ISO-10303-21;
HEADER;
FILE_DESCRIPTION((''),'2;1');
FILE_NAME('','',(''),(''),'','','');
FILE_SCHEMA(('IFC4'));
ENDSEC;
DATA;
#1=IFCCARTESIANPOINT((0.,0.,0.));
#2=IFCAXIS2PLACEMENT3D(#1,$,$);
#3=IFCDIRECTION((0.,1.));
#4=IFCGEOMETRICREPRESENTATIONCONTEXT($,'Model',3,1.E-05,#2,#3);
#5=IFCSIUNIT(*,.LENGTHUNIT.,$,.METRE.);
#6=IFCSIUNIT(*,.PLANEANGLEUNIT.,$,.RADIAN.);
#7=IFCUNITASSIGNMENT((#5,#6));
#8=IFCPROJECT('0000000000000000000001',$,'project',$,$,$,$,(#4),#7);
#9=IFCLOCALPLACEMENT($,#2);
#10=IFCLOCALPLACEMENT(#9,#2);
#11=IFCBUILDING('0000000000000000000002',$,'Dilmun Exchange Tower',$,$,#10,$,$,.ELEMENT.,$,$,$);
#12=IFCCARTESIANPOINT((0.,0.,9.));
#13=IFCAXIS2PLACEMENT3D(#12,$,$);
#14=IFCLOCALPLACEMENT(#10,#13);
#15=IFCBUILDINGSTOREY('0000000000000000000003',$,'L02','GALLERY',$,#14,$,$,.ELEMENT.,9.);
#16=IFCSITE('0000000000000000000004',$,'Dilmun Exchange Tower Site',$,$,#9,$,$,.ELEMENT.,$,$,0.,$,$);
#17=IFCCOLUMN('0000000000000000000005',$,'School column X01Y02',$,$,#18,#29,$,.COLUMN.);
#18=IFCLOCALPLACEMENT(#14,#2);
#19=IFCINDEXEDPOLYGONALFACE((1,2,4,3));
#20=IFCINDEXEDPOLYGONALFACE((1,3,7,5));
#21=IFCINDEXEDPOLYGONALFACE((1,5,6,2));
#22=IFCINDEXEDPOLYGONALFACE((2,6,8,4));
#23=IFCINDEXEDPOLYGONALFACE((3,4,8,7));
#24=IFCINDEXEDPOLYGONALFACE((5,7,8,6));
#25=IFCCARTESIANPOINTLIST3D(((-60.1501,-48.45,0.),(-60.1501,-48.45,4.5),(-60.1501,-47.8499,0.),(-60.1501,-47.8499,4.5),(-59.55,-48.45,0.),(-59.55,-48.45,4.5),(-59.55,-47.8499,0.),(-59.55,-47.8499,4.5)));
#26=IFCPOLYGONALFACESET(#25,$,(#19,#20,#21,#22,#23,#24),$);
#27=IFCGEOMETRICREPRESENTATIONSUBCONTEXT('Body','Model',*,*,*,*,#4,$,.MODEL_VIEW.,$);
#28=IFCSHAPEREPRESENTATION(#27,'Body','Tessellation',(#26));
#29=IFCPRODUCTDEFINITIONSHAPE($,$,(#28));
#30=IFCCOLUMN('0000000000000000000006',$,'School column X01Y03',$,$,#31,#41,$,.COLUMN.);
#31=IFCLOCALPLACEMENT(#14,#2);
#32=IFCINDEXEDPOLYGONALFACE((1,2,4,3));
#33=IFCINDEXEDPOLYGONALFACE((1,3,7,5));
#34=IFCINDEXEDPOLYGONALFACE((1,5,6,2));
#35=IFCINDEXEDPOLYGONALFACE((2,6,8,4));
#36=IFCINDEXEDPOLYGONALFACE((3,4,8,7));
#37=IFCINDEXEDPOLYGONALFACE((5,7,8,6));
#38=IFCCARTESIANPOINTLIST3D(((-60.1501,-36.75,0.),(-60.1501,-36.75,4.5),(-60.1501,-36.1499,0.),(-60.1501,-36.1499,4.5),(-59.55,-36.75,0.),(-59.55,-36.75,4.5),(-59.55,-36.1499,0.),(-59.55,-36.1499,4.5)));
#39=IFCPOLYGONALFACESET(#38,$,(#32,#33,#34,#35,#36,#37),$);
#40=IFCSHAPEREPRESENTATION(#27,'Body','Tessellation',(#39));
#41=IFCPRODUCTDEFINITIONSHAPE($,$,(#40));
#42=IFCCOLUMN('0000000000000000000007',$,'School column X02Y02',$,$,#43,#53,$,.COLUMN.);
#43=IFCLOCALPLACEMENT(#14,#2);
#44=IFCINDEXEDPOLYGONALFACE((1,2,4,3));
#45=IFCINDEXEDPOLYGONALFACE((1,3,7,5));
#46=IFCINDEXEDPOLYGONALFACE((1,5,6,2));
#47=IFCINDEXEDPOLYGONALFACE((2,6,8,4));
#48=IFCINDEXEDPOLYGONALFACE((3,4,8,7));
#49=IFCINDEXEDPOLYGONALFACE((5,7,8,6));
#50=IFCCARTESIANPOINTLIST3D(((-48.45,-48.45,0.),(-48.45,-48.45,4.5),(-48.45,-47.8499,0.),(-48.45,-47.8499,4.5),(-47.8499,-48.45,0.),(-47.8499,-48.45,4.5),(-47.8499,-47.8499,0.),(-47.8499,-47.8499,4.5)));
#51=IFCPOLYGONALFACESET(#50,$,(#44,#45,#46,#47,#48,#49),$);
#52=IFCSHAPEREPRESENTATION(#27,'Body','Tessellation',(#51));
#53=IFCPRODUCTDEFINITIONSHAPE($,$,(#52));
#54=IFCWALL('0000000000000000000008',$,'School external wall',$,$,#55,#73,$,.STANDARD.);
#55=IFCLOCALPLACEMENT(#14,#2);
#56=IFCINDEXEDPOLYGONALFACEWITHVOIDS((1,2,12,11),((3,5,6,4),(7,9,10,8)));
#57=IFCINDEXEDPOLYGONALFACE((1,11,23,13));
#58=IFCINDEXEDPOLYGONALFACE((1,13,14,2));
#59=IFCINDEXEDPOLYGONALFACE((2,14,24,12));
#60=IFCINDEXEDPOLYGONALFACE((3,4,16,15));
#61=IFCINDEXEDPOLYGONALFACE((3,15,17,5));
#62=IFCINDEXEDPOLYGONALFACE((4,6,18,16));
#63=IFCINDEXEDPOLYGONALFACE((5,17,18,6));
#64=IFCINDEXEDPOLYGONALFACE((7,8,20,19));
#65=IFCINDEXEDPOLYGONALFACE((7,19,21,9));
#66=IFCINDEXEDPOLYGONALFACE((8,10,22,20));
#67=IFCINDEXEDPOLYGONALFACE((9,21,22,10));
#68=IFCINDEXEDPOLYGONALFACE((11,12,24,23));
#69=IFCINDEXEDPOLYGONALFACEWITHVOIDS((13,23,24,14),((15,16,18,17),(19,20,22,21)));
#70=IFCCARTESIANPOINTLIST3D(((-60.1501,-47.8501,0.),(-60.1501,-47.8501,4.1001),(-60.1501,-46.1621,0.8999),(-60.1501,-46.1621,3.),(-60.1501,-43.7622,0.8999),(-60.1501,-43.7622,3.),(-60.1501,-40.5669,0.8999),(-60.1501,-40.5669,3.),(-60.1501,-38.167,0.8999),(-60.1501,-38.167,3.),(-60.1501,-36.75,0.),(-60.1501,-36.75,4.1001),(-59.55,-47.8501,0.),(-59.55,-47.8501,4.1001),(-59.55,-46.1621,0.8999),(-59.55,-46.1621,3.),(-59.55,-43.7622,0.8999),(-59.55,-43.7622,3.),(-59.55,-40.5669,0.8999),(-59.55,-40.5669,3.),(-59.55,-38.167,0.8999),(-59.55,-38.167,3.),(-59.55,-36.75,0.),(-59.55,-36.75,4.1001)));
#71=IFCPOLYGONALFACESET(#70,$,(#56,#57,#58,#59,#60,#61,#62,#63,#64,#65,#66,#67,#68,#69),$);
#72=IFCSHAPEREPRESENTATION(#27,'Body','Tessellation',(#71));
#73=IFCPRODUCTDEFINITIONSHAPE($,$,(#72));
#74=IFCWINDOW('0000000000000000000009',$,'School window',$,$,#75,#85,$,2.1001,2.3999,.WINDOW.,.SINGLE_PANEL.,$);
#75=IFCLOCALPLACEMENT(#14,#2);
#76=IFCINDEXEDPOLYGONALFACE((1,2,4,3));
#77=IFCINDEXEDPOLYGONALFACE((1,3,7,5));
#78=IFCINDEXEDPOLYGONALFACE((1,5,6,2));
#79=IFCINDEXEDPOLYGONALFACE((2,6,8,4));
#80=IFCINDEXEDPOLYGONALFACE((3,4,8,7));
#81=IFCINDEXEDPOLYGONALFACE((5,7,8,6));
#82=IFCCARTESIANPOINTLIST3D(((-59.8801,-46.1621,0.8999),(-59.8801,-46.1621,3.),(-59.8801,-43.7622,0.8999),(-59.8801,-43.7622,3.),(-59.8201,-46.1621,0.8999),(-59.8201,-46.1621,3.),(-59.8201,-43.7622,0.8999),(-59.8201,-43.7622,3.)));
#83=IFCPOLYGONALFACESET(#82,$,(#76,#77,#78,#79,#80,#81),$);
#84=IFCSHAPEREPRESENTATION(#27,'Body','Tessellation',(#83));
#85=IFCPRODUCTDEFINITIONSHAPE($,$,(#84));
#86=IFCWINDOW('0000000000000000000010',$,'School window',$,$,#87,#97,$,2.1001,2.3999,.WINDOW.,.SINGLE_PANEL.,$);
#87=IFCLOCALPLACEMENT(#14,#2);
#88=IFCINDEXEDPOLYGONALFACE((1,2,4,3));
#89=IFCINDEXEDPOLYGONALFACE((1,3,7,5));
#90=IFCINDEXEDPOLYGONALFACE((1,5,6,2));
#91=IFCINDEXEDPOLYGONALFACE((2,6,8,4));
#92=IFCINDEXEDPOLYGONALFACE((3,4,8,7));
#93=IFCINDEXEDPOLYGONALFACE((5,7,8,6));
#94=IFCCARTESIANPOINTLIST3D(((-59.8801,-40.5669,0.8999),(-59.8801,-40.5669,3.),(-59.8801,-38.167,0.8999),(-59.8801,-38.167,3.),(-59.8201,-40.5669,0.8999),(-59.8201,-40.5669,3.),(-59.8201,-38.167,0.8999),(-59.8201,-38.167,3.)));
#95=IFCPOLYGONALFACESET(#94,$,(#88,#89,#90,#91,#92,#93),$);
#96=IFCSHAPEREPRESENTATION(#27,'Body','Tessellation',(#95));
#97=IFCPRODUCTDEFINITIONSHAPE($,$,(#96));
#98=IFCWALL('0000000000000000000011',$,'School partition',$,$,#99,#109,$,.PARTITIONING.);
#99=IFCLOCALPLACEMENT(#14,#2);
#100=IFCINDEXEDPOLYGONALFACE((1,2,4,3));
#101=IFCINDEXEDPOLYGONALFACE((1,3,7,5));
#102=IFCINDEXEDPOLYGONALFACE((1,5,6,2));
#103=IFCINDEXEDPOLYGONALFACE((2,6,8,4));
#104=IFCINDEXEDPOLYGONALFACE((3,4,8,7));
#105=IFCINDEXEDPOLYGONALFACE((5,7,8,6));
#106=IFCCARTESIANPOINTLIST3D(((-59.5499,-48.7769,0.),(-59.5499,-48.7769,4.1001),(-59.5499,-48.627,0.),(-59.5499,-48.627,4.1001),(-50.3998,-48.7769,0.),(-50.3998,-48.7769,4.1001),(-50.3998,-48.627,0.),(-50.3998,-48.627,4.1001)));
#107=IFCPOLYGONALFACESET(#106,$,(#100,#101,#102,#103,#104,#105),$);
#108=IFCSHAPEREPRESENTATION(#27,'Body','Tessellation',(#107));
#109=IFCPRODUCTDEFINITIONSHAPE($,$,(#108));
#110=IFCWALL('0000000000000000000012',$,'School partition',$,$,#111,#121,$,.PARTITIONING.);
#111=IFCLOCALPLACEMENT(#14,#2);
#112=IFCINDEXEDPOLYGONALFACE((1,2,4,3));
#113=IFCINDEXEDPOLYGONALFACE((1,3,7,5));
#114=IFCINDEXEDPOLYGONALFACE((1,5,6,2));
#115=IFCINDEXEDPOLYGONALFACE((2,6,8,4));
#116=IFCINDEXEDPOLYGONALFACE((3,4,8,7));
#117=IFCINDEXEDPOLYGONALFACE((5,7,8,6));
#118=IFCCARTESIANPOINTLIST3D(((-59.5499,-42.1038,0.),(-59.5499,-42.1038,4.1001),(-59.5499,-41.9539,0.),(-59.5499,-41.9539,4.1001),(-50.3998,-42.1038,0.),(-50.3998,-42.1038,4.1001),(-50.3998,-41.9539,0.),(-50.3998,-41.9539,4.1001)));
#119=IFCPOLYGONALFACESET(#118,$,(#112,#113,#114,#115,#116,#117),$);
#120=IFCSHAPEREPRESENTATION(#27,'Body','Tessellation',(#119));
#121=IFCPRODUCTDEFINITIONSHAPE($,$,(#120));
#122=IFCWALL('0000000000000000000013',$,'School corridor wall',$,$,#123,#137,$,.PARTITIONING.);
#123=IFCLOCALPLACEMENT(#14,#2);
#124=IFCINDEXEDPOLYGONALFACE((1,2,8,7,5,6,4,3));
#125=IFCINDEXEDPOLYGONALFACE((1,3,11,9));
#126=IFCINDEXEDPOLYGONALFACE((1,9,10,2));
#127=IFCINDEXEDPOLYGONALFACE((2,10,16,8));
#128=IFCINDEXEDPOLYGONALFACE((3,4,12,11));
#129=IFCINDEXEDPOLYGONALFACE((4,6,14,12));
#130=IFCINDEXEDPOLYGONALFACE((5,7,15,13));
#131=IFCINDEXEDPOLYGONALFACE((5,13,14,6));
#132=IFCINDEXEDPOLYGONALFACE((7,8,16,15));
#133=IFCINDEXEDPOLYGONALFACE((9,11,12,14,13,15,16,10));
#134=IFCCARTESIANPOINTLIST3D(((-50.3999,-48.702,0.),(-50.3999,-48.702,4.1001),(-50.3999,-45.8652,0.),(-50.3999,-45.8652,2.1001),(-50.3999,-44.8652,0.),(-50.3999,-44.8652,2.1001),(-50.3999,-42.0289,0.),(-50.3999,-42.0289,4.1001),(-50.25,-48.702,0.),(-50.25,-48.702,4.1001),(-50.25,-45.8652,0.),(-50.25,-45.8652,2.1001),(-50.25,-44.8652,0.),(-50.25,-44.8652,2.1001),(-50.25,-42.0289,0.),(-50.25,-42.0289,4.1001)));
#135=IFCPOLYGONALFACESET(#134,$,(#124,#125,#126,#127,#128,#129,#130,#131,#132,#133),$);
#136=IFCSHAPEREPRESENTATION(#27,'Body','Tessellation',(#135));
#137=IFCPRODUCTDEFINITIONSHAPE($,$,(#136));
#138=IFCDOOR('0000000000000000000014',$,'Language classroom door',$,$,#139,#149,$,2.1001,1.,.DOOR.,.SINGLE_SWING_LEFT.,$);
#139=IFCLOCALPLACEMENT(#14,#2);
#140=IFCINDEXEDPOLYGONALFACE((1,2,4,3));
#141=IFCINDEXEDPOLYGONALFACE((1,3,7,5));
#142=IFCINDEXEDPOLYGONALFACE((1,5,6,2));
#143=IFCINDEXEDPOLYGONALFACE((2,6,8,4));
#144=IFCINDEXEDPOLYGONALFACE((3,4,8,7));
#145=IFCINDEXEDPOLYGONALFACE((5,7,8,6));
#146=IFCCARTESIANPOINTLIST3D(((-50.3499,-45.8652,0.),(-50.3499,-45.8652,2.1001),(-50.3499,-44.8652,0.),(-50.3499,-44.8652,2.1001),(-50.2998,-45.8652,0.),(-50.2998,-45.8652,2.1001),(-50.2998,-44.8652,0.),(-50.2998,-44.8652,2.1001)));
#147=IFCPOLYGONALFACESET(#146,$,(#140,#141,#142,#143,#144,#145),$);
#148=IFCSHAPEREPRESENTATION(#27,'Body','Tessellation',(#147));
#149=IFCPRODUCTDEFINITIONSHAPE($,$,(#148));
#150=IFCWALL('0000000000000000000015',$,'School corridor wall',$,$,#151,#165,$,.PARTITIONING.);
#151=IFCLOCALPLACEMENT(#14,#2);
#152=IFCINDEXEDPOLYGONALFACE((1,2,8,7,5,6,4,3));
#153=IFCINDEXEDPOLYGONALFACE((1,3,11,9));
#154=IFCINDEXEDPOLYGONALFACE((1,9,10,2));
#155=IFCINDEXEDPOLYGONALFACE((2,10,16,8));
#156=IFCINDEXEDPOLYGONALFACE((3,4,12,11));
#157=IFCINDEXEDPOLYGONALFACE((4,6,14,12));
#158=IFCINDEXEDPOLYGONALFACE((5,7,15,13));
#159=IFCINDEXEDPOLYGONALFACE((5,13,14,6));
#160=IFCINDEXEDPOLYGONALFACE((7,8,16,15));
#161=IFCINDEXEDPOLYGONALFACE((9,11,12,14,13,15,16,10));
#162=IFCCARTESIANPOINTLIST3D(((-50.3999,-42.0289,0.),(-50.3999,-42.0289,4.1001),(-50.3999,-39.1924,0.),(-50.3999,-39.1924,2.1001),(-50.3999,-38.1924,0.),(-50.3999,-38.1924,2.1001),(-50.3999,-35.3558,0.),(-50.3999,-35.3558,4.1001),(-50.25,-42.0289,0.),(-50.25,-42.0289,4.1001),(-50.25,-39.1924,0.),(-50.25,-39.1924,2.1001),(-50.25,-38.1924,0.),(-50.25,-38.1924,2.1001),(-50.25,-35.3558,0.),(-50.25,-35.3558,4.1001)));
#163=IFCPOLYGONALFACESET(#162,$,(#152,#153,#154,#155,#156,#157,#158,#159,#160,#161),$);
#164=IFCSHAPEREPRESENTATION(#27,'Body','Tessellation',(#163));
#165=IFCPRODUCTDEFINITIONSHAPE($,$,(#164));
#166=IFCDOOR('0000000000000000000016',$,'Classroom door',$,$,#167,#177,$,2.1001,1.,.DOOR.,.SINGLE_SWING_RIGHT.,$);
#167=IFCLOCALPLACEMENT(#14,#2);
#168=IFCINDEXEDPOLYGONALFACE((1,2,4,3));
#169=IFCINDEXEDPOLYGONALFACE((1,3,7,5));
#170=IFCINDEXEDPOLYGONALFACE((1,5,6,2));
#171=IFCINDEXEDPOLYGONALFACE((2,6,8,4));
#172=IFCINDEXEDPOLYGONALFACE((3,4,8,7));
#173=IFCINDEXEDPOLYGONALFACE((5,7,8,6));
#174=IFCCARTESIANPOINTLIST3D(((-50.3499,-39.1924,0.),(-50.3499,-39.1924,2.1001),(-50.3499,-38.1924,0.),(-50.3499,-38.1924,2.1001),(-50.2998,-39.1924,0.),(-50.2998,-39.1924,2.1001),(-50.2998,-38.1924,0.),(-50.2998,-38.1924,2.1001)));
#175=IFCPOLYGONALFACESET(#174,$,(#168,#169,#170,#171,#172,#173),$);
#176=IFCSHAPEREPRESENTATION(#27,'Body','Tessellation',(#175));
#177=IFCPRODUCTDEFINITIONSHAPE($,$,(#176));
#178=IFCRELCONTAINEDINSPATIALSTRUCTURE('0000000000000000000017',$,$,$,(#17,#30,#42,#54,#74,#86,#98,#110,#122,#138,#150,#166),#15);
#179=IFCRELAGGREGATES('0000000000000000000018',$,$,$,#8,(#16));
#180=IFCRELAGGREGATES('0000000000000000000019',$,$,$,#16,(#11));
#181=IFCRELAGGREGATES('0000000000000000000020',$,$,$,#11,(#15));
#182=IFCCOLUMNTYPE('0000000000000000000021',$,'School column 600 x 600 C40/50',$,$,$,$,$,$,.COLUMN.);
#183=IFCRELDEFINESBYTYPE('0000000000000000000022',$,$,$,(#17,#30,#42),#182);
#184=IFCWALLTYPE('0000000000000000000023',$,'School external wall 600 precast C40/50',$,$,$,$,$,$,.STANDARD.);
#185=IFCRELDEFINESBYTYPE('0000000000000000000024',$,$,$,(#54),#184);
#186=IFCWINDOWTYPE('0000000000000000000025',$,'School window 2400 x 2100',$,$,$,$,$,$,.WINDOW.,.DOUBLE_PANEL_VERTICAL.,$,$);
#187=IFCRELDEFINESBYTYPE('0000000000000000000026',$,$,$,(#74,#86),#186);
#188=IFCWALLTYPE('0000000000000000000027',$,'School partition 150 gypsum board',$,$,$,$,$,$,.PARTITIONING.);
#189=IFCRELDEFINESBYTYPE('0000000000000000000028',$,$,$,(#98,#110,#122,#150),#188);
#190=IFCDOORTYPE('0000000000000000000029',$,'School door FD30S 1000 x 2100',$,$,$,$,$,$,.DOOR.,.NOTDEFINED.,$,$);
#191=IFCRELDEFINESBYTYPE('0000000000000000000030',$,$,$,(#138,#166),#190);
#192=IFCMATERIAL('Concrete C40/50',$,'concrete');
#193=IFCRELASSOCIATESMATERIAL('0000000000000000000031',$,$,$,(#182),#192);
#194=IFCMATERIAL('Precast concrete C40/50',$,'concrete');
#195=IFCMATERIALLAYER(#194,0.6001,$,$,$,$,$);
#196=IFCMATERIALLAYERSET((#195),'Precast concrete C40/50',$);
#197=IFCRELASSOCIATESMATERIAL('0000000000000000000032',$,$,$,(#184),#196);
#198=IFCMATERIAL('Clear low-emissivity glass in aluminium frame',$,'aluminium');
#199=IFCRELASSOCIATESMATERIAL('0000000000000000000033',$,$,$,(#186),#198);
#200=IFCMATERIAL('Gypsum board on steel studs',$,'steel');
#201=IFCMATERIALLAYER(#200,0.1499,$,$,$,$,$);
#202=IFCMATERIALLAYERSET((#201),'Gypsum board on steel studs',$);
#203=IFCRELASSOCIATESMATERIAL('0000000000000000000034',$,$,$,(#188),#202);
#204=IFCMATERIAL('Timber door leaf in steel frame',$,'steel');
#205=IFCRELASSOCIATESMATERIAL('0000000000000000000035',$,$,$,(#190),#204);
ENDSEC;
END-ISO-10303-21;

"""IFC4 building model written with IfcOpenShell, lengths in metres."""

from ifc_helpers import new_model, si_unit, direction, frame, frame_2d, origin, origin_2d, place, context, subcontext, project, spatial, rectangle, extrude, material, layer, layer_set, material_profile, profile_set, type_object, element, fill, save


model = new_model("IFC4")

# Units and contexts
model_context = context("Model", 3, precision=1e-05, world=origin(), true_north=direction((0.0, 1.0)))
body_context = subcontext(model_context, "Body", "Model", "MODEL_VIEW")
ifc_project = project(units=[si_unit("LENGTHUNIT", "METRE"), si_unit("PLANEANGLEUNIT", "RADIAN")], contexts=[model_context])

# Site, building, storey
site_placement = place(None, origin())
site = spatial("IfcSite", under=ifc_project, at=site_placement, Name="Dilmun Exchange Tower Site", CompositionType="ELEMENT", RefElevation=0.0)
building_placement = place(site_placement, origin())
building = spatial("IfcBuilding", under=site, at=building_placement, Name="Dilmun Exchange Tower", CompositionType="ELEMENT")
storey_placement = place(building_placement, frame((0.0, 0.0, 9.0)))
storey = spatial("IfcBuildingStorey", under=building, at=storey_placement, Name="L02", Description="GALLERY", CompositionType="ELEMENT", Elevation=9.0)

# Columns
ifc_material_1 = material(Name="Concrete C40/50", Category="concrete")
ifc_material_profile = material_profile(ifc_material_1, rectangle(XDim=0.6001, YDim=0.6001, at=origin_2d()), Name="600 x 600")
ifc_profile_set = profile_set([ifc_material_profile], Name="Concrete C40/50")
column_type = type_object("IfcColumnType", Name="School column 600 x 600 C40/50", PredefinedType="COLUMN", material=ifc_profile_set)
for number, where, z_axis, x_axis, name in (
    (1, (-59.8501, -48.1499, 0.0), (0.0, 0.0, 1.0), (1.0, 0.0, 0.0), "School column X01Y02"),
    (2, (-59.8501, -36.45, 0.0), (0.0, 0.0, 1.0), (1.0, 0.0, 0.0), "School column X01Y03"),
    (3, (-48.1499, -48.1499, 0.0), (0.0, 0.0, 1.0), (1.0, 0.0, 0.0), "School column X02Y02"),
):
    element("IfcColumn", number, at=place(storey_placement, frame(where, z_axis=z_axis, x_axis=x_axis)), inside=storey, type_object=column_type, Name=name, PredefinedType="COLUMN", context=body_context, shape_type="SweptSolid", body=[
        extrude(rectangle(XDim=0.6001, YDim=0.6001, at=origin_2d()), origin(), (0.0, 0.0, 1.0), 4.5),
    ])

# Wall, openings, windows
ifc_material_2 = material(Name="Precast concrete C40/50", Category="concrete")
ifc_layer_1 = layer(ifc_material_2, 0.6001)
ifc_layer_set_1 = layer_set([ifc_layer_1], Name="Precast concrete C40/50")
wall_type_1 = type_object("IfcWallType", Name="School external wall 600 precast C40/50", PredefinedType="STANDARD", material=ifc_layer_set_1)
wall_1_placement = place(storey_placement, frame((-59.8501, -47.8501, 0.0), z_axis=(0.0, 0.0, 1.0), x_axis=(0.0, 1.0, 0.0)))
wall_1 = element("IfcWall", 4, at=wall_1_placement, inside=storey, type_object=wall_type_1, Name="School external wall", PredefinedType="STANDARD", context=body_context, shape_type="SweptSolid", body=[
    extrude(rectangle(XDim=11.1001, YDim=0.6001, at=frame_2d((5.55, 0.0))), origin(), (0.0, 0.0, 1.0), 4.1001),
])
opening_1_placement = place(wall_1_placement, frame((1.688, 0.0, 0.8999)))
opening_1 = element("IfcOpeningElement", 5, at=opening_1_placement, cuts=wall_1, PredefinedType="OPENING", context=body_context, shape_type="SweptSolid", body=[
    extrude(rectangle(XDim=2.3999, YDim=2.1001, at=frame_2d((1.2, 1.05))), frame((0.0, 0.3101, 0.0), z_axis=(0.0, -1.0, 0.0), x_axis=(1.0, 0.0, 0.0)), (0.0, 0.0, 1.0), 0.6201),
])
opening_2_placement = place(wall_1_placement, frame((7.2832, 0.0, 0.8999)))
opening_2 = element("IfcOpeningElement", 6, at=opening_2_placement, cuts=wall_1, PredefinedType="OPENING", context=body_context, shape_type="SweptSolid", body=[
    extrude(rectangle(XDim=2.3999, YDim=2.1001, at=frame_2d((1.2, 1.05))), frame((0.0, 0.3101, 0.0), z_axis=(0.0, -1.0, 0.0), x_axis=(1.0, 0.0, 0.0)), (0.0, 0.0, 1.0), 0.6201),
])
ifc_material_3 = material(Name="Clear low-emissivity glass in aluminium frame", Category="aluminium")
window_type = type_object("IfcWindowType", Name="School window 2400 x 2100", PartitioningType="DOUBLE_PANEL_VERTICAL", PredefinedType="WINDOW", material=ifc_material_3)
window_1_placement = place(opening_1_placement, origin())
window_1 = element("IfcWindow", 7, at=window_1_placement, inside=storey, type_object=window_type, Name="School window", OverallHeight=2.1001, OverallWidth=2.3999, PartitioningType="SINGLE_PANEL", PredefinedType="WINDOW", context=body_context, shape_type="SweptSolid", body=[
    extrude(rectangle(XDim=2.3999, YDim=2.1001, at=frame_2d((1.2, 1.05))), frame((0.0, 0.03, 0.0), z_axis=(0.0, -1.0, 0.0), x_axis=(1.0, 0.0, 0.0)), (0.0, 0.0, 1.0), 0.0601),
])
fill(opening_1, window_1)
window_2_placement = place(opening_2_placement, origin())
window_2 = element("IfcWindow", 8, at=window_2_placement, inside=storey, type_object=window_type, Name="School window", OverallHeight=2.1001, OverallWidth=2.3999, PartitioningType="SINGLE_PANEL", PredefinedType="WINDOW", context=body_context, shape_type="SweptSolid", body=[
    extrude(rectangle(XDim=2.3999, YDim=2.1001, at=frame_2d((1.2, 1.05))), frame((0.0, 0.03, 0.0), z_axis=(0.0, -1.0, 0.0), x_axis=(1.0, 0.0, 0.0)), (0.0, 0.0, 1.0), 0.0601),
])
fill(opening_2, window_2)

# Walls
ifc_material_4 = material(Name="Gypsum board on steel studs", Category="steel")
ifc_layer_2 = layer(ifc_material_4, 0.1499)
ifc_layer_set_2 = layer_set([ifc_layer_2], Name="Gypsum board on steel studs")
wall_type_2 = type_object("IfcWallType", Name="School partition 150 gypsum board", PredefinedType="PARTITIONING", material=ifc_layer_set_2)
for number, where, z_axis, x_axis, name in (
    (9, (-59.55, -48.7019, 0.0), (0.0, 0.0, 1.0), (1.0, 0.0, 0.0), "School partition"),
    (10, (-59.55, -42.0288, 0.0), (0.0, 0.0, 1.0), (1.0, 0.0, 0.0), "School partition"),
):
    element("IfcWall", number, at=place(storey_placement, frame(where, z_axis=z_axis, x_axis=x_axis)), inside=storey, type_object=wall_type_2, Name=name, PredefinedType="PARTITIONING", context=body_context, shape_type="SweptSolid", body=[
        extrude(rectangle(XDim=9.1501, YDim=0.1499, at=frame_2d((4.5752, 0.0))), origin(), (0.0, 0.0, 1.0), 4.1001),
    ])

# Walls, openings, doors
wall_2_placement = place(storey_placement, frame((-50.325, -48.7019, 0.0), z_axis=(0.0, 0.0, 1.0), x_axis=(0.0, 1.0, 0.0)))
wall_2 = element("IfcWall", 11, at=wall_2_placement, inside=storey, type_object=wall_type_2, Name="School corridor wall", PredefinedType="PARTITIONING", context=body_context, shape_type="SweptSolid", body=[
    extrude(rectangle(XDim=6.6731, YDim=0.1499, at=frame_2d((3.3364, 0.0))), origin(), (0.0, 0.0, 1.0), 4.1001),
])
opening_3_placement = place(wall_2_placement, frame((2.8367, 0.0, 0.0)))
opening_3 = element("IfcOpeningElement", 12, at=opening_3_placement, cuts=wall_2, PredefinedType="OPENING", context=body_context, shape_type="SweptSolid", body=[
    extrude(rectangle(XDim=1.0, YDim=2.1001, at=frame_2d((0.5, 1.05))), frame((0.0, 0.085, 0.0), z_axis=(0.0, -1.0, 0.0), x_axis=(1.0, 0.0, 0.0)), (0.0, 0.0, 1.0), 0.1699),
])
ifc_material_5 = material(Name="Timber door leaf in steel frame", Category="steel")
door_type_1 = type_object("IfcDoorType", Name="School door FD30S 1000 x 2100", OperationType="NOTDEFINED", PredefinedType="DOOR", material=ifc_material_5)
door_1_placement = place(opening_3_placement, origin())
door_1 = element("IfcDoor", 13, at=door_1_placement, inside=storey, type_object=door_type_1, Name="Language classroom door", OperationType="SINGLE_SWING_LEFT", OverallHeight=2.1001, OverallWidth=1.0, PredefinedType="DOOR", context=body_context, shape_type="SweptSolid", body=[
    extrude(rectangle(XDim=1.0, YDim=2.1001, at=frame_2d((0.5, 1.05))), frame((0.0, 0.0249, 0.0), z_axis=(0.0, -1.0, 0.0), x_axis=(1.0, 0.0, 0.0)), (0.0, 0.0, 1.0), 0.05),
])
fill(opening_3, door_1)
wall_3_placement = place(storey_placement, frame((-50.325, -42.0288, 0.0), z_axis=(0.0, 0.0, 1.0), x_axis=(0.0, 1.0, 0.0)))
wall_3 = element("IfcWall", 14, at=wall_3_placement, inside=storey, type_object=wall_type_2, Name="School corridor wall", PredefinedType="PARTITIONING", context=body_context, shape_type="SweptSolid", body=[
    extrude(rectangle(XDim=6.6731, YDim=0.1499, at=frame_2d((3.3364, 0.0))), origin(), (0.0, 0.0, 1.0), 4.1001),
])
opening_4_placement = place(wall_3_placement, frame((2.8364, 0.0, 0.0)))
opening_4 = element("IfcOpeningElement", 15, at=opening_4_placement, cuts=wall_3, PredefinedType="OPENING", context=body_context, shape_type="SweptSolid", body=[
    extrude(rectangle(XDim=1.0, YDim=2.1001, at=frame_2d((0.5, 1.05))), frame((0.0, 0.085, 0.0), z_axis=(0.0, -1.0, 0.0), x_axis=(1.0, 0.0, 0.0)), (0.0, 0.0, 1.0), 0.1699),
])
door_2_placement = place(opening_4_placement, origin())
door_2 = element("IfcDoor", 16, at=door_2_placement, inside=storey, type_object=door_type_1, Name="Classroom door", OperationType="SINGLE_SWING_RIGHT", OverallHeight=2.1001, OverallWidth=1.0, PredefinedType="DOOR", context=body_context, shape_type="SweptSolid", body=[
    extrude(rectangle(XDim=1.0, YDim=2.1001, at=frame_2d((0.5, 1.05))), frame((0.0, 0.0249, 0.0), z_axis=(0.0, -1.0, 0.0), x_axis=(1.0, 0.0, 0.0)), (0.0, 0.0, 1.0), 0.05),
])
fill(opening_4, door_2)

save(model, "model.ifc")
